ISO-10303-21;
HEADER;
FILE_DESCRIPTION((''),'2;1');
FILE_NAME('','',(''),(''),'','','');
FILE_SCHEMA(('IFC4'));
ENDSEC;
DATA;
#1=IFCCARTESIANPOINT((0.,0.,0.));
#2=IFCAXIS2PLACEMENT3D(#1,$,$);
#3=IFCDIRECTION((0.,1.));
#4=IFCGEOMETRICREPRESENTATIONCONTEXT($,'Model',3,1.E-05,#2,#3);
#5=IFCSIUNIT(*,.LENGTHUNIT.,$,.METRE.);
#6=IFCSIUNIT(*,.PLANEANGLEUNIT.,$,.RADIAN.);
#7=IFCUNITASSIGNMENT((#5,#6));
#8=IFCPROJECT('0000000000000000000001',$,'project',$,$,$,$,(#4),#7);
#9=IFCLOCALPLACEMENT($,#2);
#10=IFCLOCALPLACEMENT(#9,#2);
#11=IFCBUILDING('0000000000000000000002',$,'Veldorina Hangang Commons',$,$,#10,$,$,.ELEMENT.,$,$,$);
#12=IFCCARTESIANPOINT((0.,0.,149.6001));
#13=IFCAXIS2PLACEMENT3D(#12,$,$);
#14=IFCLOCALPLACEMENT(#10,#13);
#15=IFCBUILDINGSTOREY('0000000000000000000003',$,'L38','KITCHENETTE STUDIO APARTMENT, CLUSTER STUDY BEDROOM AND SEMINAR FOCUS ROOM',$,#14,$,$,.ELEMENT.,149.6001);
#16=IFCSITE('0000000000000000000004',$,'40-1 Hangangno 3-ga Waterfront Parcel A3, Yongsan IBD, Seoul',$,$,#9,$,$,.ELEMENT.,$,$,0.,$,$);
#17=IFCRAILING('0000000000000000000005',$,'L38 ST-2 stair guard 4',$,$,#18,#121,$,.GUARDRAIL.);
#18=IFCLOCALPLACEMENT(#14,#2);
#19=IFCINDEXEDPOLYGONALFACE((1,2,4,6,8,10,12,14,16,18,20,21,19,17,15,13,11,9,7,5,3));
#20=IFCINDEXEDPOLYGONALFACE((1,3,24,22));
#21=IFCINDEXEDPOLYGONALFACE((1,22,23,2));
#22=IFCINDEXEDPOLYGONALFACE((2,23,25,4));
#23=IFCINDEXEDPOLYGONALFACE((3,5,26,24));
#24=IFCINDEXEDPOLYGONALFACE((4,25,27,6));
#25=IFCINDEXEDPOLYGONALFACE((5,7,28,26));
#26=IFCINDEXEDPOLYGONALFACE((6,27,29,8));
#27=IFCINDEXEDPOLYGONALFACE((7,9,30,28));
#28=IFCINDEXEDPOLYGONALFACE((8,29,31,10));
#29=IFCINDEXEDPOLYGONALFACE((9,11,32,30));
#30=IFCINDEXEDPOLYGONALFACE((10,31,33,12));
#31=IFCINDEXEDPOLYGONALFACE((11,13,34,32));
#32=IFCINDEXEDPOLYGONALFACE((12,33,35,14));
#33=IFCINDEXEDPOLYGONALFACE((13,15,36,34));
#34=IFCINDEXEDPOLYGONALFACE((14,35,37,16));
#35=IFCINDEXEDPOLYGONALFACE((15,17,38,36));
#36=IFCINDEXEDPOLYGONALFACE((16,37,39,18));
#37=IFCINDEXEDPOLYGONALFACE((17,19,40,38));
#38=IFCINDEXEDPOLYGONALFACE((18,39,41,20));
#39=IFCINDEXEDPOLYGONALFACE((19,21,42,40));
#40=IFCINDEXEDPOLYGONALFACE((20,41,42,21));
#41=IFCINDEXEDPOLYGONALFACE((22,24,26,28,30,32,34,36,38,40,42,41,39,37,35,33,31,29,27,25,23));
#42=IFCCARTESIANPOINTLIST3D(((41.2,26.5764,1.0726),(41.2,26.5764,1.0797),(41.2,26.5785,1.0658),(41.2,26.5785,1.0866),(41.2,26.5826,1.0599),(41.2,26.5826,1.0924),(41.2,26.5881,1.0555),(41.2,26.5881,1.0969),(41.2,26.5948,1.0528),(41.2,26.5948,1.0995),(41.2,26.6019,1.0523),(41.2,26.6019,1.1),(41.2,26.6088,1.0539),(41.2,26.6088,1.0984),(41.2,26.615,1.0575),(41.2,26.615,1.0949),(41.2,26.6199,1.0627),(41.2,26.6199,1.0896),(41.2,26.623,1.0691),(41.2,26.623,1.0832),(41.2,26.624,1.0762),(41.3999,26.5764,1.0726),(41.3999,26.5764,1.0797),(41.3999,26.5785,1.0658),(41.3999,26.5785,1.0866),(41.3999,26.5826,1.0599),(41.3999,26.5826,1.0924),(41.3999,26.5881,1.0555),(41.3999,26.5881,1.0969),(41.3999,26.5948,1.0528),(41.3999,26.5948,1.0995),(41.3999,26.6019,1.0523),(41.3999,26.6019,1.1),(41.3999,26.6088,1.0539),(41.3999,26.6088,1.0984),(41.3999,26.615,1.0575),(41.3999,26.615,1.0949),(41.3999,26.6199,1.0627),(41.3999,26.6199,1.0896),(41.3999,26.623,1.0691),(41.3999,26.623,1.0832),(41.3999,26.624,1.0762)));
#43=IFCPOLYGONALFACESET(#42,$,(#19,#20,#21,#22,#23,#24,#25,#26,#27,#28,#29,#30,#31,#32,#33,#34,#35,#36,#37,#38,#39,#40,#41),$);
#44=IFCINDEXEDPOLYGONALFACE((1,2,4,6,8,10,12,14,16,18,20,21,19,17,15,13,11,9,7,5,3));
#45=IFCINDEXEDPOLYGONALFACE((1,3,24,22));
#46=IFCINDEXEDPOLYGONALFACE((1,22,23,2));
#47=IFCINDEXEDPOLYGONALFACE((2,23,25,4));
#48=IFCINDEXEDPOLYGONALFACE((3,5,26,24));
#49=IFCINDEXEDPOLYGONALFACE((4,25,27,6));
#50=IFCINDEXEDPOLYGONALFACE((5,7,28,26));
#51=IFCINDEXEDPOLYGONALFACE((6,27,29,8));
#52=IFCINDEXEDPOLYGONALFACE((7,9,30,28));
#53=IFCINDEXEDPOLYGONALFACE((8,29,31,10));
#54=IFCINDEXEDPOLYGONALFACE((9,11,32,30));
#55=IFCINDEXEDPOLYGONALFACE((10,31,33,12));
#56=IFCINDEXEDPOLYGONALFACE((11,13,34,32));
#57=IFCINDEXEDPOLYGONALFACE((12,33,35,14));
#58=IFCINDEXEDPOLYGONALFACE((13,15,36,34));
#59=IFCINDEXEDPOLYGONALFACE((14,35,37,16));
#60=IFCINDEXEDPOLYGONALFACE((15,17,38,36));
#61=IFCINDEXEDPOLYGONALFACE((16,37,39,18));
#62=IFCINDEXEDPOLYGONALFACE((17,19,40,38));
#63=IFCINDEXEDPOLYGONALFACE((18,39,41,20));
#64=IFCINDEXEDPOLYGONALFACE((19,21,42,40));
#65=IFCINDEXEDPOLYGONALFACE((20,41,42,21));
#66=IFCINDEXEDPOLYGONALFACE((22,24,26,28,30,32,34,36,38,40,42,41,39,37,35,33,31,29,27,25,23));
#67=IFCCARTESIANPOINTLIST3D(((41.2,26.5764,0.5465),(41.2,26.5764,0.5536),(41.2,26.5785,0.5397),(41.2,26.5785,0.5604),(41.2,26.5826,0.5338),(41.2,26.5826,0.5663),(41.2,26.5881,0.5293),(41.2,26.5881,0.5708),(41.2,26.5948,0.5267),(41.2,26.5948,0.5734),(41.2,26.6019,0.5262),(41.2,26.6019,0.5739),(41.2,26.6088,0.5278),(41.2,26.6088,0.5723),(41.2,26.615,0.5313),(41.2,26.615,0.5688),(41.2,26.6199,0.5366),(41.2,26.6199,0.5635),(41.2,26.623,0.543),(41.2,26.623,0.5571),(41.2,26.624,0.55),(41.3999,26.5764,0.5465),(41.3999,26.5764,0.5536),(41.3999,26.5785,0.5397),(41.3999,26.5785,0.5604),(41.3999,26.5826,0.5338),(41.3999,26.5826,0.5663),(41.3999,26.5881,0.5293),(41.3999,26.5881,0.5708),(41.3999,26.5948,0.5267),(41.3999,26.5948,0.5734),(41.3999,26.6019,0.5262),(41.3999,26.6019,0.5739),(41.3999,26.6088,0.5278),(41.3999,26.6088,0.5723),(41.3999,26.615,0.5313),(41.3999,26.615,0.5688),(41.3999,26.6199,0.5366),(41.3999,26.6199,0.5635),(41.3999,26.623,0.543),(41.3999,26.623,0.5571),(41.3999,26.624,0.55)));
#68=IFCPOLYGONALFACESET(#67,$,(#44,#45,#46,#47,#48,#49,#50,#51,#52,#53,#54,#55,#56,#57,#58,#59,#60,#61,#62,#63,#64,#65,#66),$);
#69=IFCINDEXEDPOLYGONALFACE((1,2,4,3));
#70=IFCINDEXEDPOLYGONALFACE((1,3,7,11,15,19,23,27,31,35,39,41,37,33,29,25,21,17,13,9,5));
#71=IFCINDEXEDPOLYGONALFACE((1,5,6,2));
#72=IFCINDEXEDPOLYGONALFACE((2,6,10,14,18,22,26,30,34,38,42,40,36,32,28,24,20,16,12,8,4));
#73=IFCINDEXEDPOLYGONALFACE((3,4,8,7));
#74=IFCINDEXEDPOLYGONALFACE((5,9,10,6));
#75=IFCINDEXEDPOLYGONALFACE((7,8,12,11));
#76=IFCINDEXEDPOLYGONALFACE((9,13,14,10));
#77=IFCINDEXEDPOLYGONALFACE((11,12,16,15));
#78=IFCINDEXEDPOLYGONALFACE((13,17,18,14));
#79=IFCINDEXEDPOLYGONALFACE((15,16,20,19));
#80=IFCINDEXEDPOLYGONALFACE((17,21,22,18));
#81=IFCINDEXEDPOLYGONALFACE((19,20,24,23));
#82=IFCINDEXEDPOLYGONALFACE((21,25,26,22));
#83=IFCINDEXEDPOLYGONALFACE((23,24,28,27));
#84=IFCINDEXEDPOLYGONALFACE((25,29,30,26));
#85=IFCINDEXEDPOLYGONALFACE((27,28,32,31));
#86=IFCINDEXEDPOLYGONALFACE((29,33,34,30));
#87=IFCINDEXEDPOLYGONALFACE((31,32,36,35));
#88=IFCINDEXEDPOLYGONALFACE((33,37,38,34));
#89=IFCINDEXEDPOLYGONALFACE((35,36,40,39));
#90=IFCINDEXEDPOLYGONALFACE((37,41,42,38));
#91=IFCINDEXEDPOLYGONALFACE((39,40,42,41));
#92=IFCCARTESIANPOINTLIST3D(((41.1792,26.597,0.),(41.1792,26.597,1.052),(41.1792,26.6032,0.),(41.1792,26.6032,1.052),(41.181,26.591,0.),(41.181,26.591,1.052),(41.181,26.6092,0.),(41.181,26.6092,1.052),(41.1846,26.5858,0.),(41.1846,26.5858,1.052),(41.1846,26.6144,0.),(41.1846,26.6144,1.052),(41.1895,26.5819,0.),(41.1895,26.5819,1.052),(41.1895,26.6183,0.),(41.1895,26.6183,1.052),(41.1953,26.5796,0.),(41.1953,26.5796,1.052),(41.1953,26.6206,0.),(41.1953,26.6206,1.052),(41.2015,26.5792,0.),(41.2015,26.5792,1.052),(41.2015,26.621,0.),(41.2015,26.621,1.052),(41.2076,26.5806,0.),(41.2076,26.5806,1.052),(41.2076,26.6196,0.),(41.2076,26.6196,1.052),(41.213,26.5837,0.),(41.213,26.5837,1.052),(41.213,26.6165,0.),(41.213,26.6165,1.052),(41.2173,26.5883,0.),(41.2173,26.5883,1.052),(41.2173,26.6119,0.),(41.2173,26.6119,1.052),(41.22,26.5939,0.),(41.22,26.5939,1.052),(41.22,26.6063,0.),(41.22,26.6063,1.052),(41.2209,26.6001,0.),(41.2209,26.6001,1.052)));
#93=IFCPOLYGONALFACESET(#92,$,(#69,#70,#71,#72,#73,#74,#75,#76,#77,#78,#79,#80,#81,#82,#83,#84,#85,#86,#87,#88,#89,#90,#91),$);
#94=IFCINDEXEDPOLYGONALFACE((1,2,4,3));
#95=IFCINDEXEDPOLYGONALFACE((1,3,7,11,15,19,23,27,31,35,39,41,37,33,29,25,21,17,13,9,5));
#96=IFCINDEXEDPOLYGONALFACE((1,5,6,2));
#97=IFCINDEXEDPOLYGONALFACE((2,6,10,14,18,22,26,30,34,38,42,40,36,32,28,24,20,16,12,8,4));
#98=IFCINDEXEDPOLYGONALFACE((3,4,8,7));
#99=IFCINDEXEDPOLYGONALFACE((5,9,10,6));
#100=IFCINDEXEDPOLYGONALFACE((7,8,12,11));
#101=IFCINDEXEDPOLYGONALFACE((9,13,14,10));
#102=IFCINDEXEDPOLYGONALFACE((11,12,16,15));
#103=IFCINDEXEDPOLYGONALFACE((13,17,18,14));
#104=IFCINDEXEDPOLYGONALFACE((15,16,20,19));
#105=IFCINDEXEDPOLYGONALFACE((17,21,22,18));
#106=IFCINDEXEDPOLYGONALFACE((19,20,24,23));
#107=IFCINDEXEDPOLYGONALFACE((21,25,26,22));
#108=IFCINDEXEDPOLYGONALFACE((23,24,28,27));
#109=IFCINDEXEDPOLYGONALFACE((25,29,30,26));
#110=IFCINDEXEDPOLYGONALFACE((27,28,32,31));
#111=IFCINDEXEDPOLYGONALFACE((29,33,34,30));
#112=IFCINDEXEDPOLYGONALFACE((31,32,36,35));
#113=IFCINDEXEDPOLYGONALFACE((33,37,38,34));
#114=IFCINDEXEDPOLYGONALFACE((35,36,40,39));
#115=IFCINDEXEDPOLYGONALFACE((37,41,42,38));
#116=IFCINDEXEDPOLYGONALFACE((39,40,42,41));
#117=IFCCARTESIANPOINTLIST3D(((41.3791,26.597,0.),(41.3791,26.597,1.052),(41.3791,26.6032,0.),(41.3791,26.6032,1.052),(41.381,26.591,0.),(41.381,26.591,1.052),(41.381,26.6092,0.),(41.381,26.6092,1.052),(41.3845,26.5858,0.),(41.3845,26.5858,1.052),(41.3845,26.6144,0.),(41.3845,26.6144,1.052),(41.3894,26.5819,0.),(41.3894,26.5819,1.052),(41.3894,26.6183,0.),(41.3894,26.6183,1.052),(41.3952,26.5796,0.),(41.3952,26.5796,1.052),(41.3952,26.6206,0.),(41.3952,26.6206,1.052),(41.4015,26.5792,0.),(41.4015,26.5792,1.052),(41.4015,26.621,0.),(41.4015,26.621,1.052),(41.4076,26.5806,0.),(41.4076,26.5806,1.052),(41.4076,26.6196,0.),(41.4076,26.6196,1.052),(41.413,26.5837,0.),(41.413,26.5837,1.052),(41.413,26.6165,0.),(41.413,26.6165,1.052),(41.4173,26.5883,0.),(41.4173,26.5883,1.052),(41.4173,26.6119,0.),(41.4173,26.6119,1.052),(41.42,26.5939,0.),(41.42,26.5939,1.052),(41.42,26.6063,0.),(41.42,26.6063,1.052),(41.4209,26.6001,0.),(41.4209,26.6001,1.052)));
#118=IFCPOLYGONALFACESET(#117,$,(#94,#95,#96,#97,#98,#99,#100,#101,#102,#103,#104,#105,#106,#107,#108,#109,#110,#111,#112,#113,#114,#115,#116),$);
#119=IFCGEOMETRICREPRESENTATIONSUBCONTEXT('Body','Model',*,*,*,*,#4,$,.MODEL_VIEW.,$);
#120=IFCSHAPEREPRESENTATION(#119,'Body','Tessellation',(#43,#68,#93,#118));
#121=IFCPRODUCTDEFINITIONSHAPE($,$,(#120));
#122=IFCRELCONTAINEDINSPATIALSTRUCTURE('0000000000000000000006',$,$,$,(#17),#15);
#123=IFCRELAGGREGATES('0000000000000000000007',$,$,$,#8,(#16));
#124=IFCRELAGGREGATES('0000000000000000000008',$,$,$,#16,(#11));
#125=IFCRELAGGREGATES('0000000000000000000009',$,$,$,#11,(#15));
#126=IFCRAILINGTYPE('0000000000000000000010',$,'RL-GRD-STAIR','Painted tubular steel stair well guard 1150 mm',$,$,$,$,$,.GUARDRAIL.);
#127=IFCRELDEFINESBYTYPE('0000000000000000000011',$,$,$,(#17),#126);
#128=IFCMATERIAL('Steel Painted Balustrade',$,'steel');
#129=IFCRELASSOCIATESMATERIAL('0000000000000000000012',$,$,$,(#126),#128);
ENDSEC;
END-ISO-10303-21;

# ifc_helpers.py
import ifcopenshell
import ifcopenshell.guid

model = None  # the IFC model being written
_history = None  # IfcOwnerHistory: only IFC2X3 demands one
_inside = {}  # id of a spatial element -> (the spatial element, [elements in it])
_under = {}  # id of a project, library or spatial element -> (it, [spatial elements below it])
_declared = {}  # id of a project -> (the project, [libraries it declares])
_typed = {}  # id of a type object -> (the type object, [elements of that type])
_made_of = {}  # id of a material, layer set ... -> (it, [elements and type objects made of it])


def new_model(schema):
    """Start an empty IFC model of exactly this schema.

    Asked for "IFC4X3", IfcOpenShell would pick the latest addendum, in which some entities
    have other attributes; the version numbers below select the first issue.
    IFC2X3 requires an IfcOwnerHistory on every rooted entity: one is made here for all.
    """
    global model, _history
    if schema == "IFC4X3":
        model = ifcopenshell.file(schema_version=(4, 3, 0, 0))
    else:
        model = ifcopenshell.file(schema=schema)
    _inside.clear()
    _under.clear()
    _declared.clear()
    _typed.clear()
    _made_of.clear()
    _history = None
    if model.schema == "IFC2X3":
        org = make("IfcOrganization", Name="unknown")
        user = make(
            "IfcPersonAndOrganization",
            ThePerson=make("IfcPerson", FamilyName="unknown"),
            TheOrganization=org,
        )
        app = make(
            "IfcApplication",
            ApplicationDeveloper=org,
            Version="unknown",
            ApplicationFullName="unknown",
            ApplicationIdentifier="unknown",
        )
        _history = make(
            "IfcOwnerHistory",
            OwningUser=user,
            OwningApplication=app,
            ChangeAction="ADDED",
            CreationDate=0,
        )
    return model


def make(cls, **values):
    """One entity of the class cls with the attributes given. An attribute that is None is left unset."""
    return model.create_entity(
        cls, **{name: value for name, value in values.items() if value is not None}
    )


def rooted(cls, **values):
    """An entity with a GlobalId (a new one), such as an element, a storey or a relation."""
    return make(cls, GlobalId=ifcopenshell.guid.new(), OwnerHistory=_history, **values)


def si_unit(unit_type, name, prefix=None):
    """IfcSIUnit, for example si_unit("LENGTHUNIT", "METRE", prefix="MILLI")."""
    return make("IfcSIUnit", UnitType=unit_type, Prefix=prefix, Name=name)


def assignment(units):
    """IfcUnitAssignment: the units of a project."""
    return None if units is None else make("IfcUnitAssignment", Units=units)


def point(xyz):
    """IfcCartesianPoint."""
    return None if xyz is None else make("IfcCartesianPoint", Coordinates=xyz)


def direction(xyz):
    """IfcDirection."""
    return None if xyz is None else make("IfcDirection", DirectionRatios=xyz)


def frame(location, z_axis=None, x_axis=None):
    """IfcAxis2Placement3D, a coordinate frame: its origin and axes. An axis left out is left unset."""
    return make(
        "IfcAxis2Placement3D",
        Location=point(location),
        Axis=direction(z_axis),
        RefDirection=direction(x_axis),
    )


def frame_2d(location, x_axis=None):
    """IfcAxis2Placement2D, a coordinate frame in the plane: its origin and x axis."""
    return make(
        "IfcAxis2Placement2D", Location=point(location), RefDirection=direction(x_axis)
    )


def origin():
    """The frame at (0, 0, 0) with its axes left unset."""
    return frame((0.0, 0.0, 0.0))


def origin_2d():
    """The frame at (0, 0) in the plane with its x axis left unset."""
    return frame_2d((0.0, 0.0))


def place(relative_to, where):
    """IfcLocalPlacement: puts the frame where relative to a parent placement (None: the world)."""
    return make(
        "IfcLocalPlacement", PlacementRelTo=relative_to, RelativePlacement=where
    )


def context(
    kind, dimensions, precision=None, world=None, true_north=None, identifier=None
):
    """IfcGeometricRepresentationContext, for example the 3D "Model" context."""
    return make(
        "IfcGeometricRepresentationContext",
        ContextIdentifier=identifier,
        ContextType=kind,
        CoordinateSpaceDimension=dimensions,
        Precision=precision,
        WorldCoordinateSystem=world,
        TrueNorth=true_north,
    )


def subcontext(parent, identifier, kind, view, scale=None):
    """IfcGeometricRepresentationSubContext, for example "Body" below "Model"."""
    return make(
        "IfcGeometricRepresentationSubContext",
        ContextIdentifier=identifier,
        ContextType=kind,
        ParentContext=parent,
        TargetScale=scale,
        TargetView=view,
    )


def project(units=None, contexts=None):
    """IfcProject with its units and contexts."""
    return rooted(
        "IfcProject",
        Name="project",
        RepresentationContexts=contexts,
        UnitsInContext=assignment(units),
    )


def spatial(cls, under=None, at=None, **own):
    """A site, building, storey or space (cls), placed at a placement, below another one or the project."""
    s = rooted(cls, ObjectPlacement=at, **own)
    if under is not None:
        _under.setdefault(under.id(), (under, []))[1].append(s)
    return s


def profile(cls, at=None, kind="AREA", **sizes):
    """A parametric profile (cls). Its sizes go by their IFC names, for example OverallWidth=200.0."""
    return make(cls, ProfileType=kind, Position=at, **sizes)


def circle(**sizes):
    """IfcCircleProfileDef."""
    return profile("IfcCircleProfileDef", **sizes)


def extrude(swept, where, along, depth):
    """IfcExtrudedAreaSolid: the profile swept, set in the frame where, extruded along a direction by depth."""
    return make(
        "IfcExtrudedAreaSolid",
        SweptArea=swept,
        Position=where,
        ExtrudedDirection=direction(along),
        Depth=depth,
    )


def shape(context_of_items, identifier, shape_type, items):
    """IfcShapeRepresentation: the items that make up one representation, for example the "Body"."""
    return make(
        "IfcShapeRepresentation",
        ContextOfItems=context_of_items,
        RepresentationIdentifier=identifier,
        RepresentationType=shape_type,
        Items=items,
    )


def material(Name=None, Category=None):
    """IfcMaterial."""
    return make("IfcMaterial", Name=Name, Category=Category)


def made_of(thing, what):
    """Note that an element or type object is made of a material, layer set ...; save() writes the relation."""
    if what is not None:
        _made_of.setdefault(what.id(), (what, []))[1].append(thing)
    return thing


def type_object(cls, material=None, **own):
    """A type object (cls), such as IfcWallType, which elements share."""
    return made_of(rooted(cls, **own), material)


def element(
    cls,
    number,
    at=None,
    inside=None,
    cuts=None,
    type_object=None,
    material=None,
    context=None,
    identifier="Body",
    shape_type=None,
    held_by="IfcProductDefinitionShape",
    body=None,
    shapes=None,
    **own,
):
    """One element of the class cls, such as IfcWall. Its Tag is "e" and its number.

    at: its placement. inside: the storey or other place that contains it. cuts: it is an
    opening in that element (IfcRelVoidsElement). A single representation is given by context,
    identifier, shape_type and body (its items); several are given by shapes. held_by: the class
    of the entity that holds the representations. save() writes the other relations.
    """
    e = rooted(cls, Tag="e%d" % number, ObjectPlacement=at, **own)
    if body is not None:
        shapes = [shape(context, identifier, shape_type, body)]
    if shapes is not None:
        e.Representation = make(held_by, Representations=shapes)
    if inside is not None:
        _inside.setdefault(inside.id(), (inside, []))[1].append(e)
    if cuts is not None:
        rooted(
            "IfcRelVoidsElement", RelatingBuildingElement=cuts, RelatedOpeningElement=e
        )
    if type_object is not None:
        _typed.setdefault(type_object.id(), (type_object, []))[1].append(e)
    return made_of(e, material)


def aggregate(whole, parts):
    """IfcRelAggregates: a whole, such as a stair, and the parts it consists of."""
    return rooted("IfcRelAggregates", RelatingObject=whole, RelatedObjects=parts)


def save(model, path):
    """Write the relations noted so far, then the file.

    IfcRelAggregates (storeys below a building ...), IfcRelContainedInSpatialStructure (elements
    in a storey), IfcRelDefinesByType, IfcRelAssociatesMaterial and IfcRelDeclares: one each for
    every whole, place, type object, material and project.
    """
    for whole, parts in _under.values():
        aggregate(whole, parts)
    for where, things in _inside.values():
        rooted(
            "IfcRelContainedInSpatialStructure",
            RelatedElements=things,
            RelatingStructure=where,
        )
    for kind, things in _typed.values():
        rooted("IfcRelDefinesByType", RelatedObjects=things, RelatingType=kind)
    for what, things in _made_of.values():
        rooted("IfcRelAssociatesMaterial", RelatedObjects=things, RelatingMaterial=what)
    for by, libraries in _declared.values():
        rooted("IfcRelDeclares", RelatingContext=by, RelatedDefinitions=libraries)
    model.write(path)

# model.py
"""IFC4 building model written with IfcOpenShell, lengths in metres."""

from ifc_helpers import new_model, si_unit, direction, frame, origin, origin_2d, place, context, subcontext, project, spatial, circle, extrude, material, type_object, element, save


model = new_model("IFC4")

# Units and contexts
model_context = context("Model", 3, precision=1e-05, world=origin(), true_north=direction((0.0, 1.0)))
body_context = subcontext(model_context, "Body", "Model", "MODEL_VIEW")
ifc_project = project(units=[si_unit("LENGTHUNIT", "METRE"), si_unit("PLANEANGLEUNIT", "RADIAN")], contexts=[model_context])

# Site, building, storey
site_placement = place(None, origin())
site = spatial("IfcSite", under=ifc_project, at=site_placement, Name="40-1 Hangangno 3-ga Waterfront Parcel A3, Yongsan IBD, Seoul", CompositionType="ELEMENT", RefElevation=0.0)
building_placement = place(site_placement, origin())
building = spatial("IfcBuilding", under=site, at=building_placement, Name="Veldorina Hangang Commons", CompositionType="ELEMENT")
storey_placement = place(building_placement, frame((0.0, 0.0, 149.6001)))
storey = spatial("IfcBuildingStorey", under=building, at=storey_placement, Name="L38", Description="KITCHENETTE STUDIO APARTMENT, CLUSTER STUDY BEDROOM AND SEMINAR FOCUS ROOM", CompositionType="ELEMENT", Elevation=149.6001)

# Railing
ifc_material_1 = material(Name="Steel Painted Balustrade", Category="steel")
railing_type_1 = type_object("IfcRailingType", Name="RL-GRD-STAIR", Description="Painted tubular steel stair well guard 1150 mm", PredefinedType="GUARDRAIL", material=ifc_material_1)
railing_1_placement = place(storey_placement, frame((41.2, 26.6001, 0.0)))
element("IfcRailing", 1, at=railing_1_placement, inside=storey, type_object=railing_type_1, Name="L38 ST-2 stair guard 4", PredefinedType="GUARDRAIL", context=body_context, shape_type="SweptSolid", body=[
    extrude(circle(Radius=0.0239, at=origin_2d()), frame((0.0, 0.0, 1.0762), z_axis=(1.0, 0.0, 0.0), x_axis=(0.0, 1.0, 0.0)), (0.0, 0.0, 1.0), 0.2),
    extrude(circle(Radius=0.0239, at=origin_2d()), frame((0.0, 0.0, 0.55), z_axis=(1.0, 0.0, 0.0), x_axis=(0.0, 1.0, 0.0)), (0.0, 0.0, 1.0), 0.2),
    extrude(circle(Radius=0.021, at=origin_2d()), origin(), (0.0, 0.0, 1.0), 1.052),
    extrude(circle(Radius=0.021, at=origin_2d()), frame((0.2, 0.0, 0.0)), (0.0, 0.0, 1.0), 1.052),
])

save(model, "model.ifc")
